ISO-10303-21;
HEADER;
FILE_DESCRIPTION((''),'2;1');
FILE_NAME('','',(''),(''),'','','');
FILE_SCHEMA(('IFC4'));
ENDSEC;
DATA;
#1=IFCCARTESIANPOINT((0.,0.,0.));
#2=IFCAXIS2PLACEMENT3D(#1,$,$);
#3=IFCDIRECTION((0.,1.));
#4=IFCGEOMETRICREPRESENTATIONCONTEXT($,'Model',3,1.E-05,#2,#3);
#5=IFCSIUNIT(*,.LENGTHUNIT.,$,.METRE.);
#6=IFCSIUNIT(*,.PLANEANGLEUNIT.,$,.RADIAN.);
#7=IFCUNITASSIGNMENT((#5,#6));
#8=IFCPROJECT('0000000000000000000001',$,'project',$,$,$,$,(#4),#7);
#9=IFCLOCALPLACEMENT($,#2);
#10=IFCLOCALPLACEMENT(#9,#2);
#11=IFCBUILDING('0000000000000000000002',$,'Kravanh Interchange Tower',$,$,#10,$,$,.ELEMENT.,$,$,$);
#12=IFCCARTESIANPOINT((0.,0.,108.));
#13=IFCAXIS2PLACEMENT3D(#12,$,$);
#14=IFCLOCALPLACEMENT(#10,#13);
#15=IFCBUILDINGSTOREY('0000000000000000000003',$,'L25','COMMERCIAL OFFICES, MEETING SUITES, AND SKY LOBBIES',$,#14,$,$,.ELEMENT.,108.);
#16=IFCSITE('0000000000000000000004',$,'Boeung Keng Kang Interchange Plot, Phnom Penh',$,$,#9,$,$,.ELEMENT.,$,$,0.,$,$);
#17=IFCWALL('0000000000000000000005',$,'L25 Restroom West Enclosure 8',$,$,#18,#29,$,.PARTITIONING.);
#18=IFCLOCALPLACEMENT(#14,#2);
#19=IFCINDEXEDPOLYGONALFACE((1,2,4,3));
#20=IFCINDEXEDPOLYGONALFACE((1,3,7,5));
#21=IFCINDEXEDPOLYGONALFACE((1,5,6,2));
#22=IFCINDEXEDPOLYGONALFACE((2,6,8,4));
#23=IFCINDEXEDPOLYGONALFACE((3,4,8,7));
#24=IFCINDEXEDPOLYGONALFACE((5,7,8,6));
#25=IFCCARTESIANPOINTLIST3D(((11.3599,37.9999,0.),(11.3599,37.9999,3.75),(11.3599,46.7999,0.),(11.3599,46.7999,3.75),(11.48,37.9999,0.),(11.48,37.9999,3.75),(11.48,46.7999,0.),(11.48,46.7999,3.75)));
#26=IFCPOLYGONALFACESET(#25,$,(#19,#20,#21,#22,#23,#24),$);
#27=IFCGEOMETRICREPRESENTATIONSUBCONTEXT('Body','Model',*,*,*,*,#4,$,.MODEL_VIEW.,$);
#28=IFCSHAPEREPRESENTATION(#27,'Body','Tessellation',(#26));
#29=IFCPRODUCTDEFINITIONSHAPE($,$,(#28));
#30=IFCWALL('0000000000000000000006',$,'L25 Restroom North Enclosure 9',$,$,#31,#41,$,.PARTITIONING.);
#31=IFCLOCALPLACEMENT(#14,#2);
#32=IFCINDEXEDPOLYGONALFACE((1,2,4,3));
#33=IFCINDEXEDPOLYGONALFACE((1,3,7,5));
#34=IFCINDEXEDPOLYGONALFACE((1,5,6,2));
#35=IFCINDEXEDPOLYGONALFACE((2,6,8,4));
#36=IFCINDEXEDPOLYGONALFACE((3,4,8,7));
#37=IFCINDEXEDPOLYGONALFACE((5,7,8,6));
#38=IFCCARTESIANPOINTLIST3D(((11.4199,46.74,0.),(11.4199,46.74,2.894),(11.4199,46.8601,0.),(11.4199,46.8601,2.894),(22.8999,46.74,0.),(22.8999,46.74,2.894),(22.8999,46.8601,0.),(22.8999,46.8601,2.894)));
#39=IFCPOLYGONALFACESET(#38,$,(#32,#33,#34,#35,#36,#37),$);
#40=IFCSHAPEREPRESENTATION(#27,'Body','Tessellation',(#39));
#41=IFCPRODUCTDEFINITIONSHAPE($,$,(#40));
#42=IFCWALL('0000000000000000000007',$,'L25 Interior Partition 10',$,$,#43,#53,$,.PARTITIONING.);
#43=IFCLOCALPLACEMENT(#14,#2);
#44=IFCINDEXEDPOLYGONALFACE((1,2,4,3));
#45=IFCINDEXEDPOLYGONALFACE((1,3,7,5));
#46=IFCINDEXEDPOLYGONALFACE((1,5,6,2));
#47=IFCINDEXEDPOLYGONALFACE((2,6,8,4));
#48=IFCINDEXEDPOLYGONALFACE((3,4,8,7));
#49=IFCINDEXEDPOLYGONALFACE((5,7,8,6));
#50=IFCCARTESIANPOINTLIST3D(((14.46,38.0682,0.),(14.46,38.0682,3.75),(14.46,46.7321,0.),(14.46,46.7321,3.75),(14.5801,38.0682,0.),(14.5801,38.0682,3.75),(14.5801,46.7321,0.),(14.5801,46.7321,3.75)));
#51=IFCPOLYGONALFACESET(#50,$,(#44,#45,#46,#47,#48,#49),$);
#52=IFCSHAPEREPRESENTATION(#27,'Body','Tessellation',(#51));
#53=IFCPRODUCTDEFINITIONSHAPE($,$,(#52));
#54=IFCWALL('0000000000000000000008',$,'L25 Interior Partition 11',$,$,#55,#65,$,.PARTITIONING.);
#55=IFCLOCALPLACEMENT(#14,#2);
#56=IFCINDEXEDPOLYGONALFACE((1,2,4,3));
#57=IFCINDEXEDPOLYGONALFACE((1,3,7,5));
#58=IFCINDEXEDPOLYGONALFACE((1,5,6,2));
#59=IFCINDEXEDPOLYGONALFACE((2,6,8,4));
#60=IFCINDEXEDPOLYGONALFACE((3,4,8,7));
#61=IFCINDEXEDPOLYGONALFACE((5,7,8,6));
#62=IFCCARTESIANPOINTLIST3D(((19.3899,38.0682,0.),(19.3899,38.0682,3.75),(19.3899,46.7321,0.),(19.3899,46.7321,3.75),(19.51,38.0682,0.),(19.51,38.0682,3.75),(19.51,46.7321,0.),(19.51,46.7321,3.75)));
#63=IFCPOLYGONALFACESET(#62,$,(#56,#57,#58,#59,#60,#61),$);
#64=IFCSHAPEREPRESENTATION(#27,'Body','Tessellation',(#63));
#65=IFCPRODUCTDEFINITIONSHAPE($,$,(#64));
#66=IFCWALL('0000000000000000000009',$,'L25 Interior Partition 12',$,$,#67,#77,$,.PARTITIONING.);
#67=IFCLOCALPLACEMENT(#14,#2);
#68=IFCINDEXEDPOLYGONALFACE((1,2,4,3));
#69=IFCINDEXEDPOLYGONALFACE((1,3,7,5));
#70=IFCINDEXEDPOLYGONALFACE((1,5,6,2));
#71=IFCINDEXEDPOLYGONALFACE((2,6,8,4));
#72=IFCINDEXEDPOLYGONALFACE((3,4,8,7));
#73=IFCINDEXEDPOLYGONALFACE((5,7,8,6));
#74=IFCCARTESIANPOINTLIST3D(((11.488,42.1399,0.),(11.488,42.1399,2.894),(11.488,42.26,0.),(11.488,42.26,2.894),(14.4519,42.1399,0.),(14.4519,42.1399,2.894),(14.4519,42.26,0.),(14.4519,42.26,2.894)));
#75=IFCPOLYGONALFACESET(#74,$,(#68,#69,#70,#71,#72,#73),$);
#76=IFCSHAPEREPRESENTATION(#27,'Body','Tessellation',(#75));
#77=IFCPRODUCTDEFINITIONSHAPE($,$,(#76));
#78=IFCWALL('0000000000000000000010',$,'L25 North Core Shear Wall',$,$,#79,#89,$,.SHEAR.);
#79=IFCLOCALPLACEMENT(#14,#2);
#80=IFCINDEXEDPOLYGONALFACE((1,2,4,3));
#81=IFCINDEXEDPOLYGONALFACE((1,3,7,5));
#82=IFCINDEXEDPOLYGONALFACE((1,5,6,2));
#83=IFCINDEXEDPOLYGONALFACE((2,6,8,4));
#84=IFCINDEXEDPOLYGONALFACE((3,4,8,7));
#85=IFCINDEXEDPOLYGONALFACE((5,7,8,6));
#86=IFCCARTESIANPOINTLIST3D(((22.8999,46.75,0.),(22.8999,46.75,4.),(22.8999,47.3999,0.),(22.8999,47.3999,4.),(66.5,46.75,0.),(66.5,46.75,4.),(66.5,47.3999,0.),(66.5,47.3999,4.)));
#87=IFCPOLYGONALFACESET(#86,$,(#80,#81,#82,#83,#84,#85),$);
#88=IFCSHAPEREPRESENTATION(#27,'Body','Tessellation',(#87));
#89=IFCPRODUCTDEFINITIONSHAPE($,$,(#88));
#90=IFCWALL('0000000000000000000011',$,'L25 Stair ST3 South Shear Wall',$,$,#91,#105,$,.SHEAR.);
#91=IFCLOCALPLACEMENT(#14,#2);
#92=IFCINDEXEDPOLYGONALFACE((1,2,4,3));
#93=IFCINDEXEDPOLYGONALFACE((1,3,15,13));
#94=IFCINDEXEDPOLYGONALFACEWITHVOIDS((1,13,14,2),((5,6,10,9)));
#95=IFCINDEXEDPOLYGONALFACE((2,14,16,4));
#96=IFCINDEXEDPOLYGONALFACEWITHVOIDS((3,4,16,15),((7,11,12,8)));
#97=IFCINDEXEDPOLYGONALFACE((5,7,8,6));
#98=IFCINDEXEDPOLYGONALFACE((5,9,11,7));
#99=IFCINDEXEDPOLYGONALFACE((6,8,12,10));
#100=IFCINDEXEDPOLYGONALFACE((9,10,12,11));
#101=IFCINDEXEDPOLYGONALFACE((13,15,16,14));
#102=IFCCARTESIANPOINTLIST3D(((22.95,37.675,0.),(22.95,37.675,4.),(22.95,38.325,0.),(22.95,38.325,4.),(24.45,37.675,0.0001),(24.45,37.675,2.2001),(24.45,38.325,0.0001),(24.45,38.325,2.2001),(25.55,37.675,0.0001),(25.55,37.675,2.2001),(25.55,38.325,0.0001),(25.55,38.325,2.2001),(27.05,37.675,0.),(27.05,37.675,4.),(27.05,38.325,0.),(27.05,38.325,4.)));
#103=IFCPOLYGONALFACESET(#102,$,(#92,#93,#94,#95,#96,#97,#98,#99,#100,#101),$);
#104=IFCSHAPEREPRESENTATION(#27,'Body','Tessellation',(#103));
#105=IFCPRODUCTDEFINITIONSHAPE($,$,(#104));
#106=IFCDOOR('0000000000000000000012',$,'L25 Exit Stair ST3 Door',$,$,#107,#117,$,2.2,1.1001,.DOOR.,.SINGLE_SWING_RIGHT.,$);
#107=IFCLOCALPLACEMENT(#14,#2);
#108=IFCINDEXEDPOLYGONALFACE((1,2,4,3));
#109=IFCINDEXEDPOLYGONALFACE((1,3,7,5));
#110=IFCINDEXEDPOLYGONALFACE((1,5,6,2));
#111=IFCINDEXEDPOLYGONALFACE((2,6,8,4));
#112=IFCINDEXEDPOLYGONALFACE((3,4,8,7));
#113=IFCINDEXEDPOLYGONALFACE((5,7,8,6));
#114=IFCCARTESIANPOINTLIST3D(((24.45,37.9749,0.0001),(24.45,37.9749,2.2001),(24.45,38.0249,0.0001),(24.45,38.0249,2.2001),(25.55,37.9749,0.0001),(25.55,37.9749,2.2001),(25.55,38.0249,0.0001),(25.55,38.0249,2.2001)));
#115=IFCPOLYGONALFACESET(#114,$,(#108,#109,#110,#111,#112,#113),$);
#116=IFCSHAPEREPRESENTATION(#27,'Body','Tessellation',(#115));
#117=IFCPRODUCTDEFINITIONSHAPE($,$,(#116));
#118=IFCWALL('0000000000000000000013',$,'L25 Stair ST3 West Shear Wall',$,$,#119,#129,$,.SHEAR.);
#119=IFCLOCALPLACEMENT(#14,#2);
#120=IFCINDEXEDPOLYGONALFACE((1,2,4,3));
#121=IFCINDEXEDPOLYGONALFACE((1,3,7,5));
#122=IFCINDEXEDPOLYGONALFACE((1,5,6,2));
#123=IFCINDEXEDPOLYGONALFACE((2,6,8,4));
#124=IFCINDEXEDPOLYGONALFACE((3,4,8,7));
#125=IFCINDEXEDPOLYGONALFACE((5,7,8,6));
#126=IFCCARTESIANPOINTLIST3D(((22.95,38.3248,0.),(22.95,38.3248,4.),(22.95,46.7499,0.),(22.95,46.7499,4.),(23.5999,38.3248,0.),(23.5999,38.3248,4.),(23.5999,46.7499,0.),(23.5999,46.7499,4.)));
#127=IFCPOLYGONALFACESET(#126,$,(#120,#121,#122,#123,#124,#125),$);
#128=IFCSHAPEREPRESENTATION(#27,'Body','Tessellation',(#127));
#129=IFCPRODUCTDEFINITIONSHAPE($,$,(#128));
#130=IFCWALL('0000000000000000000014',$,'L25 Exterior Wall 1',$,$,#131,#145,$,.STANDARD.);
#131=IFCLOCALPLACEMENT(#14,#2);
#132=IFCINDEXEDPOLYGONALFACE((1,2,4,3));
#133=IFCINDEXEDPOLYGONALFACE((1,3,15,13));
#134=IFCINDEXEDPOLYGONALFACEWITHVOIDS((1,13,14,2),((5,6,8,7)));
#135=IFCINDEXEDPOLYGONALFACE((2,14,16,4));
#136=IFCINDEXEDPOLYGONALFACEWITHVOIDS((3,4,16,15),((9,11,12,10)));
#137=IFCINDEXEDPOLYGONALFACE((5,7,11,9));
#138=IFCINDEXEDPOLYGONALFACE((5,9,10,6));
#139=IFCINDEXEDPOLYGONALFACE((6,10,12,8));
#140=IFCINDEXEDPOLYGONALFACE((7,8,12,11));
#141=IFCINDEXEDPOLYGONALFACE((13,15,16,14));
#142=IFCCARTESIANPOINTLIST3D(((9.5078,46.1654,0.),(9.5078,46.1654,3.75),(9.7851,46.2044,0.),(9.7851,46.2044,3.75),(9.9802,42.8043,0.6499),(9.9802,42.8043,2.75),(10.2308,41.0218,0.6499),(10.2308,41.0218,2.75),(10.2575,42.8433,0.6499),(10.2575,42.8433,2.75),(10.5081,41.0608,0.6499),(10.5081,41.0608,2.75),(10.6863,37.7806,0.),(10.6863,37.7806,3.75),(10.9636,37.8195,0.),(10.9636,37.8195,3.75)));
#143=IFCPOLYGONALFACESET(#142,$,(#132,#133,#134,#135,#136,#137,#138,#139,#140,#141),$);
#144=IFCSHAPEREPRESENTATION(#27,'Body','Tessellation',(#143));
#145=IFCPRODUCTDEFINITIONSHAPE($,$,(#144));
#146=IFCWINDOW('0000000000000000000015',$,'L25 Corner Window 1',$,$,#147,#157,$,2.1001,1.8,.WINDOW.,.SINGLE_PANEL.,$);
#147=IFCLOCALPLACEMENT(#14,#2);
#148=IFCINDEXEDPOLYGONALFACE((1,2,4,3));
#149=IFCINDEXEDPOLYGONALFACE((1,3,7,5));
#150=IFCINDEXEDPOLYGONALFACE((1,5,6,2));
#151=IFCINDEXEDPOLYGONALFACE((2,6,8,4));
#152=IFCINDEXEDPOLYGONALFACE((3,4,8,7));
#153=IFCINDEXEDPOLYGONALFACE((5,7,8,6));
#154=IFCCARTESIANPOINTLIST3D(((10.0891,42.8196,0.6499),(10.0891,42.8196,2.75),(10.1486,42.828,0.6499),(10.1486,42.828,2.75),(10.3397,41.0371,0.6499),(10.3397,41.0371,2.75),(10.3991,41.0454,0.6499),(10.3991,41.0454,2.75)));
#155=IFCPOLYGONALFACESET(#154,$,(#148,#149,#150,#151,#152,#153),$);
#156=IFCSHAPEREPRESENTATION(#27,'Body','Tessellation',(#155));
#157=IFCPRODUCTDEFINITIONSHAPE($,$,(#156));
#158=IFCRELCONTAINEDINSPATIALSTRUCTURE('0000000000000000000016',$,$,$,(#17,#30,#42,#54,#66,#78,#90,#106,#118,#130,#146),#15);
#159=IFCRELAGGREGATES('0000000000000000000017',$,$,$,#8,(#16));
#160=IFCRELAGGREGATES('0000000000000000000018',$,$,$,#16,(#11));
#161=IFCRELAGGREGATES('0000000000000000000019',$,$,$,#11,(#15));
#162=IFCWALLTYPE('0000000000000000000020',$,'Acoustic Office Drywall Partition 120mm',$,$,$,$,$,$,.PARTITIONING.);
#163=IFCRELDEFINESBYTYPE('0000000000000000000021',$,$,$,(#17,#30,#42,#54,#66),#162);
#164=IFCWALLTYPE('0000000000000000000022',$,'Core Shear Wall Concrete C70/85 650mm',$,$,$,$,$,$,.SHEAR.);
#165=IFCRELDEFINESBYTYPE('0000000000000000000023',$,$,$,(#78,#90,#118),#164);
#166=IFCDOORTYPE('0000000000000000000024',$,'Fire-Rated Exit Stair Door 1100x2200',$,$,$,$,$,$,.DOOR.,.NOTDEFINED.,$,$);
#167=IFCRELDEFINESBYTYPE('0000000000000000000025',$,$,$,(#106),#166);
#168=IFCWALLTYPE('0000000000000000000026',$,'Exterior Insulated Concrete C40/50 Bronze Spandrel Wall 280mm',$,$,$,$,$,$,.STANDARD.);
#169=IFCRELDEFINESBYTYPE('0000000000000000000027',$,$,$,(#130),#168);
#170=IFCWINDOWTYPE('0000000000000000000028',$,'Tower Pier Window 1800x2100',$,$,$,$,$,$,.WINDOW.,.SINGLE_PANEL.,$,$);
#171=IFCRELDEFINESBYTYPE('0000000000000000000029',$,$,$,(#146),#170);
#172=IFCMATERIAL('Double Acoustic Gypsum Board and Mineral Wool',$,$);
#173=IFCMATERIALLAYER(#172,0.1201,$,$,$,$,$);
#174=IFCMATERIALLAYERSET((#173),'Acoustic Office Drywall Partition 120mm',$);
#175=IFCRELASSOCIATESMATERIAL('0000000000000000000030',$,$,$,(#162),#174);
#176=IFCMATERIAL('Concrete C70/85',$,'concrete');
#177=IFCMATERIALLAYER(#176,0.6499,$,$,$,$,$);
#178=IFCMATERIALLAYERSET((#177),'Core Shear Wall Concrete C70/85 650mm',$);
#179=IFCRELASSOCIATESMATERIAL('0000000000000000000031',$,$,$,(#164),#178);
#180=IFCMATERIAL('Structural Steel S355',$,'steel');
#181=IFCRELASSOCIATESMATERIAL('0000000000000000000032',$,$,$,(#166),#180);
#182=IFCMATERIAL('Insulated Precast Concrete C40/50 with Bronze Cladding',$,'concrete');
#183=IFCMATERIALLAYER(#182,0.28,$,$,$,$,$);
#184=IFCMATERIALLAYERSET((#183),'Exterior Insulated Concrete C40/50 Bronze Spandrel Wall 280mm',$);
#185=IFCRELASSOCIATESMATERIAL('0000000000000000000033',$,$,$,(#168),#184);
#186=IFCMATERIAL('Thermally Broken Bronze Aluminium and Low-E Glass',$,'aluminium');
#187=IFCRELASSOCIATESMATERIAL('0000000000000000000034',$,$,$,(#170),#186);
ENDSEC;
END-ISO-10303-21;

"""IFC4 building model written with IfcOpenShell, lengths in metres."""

from ifc_helpers import new_model, si_unit, direction, frame, frame_2d, origin, place, context, subcontext, project, spatial, rectangle, extrude, material, layer, layer_set, type_object, element, fill, save


model = new_model("IFC4")

# Units and contexts
model_context = context("Model", 3, precision=1e-05, world=origin(), true_north=direction((0.0, 1.0)))
body_context = subcontext(model_context, "Body", "Model", "MODEL_VIEW")
ifc_project = project(units=[si_unit("LENGTHUNIT", "METRE"), si_unit("PLANEANGLEUNIT", "RADIAN")], contexts=[model_context])

# Site, building, storey
site_placement = place(None, origin())
site = spatial("IfcSite", under=ifc_project, at=site_placement, Name="Boeung Keng Kang Interchange Plot, Phnom Penh", CompositionType="ELEMENT", RefElevation=0.0)
building_placement = place(site_placement, origin())
building = spatial("IfcBuilding", under=site, at=building_placement, Name="Kravanh Interchange Tower", CompositionType="ELEMENT")
storey_placement = place(building_placement, frame((0.0, 0.0, 108.0)))
storey = spatial("IfcBuildingStorey", under=building, at=storey_placement, Name="L25", Description="COMMERCIAL OFFICES, MEETING SUITES, AND SKY LOBBIES", CompositionType="ELEMENT", Elevation=108.0)

# Shared definitions
ifc_material_1 = material(Name="Double Acoustic Gypsum Board and Mineral Wool")
ifc_layer_1 = layer(ifc_material_1, 0.1201)
ifc_layer_set_1 = layer_set([ifc_layer_1], Name="Acoustic Office Drywall Partition 120mm")
wall_type_1 = type_object("IfcWallType", Name="Acoustic Office Drywall Partition 120mm", PredefinedType="PARTITIONING", material=ifc_layer_set_1)

# Walls
wall_1_placement = place(storey_placement, frame((11.4199, 38.0, 0.0), z_axis=(0.0, 0.0, 1.0), x_axis=(0.0, 1.0, 0.0)))
element("IfcWall", 1, at=wall_1_placement, inside=storey, type_object=wall_type_1, Name="L25 Restroom West Enclosure 8", PredefinedType="PARTITIONING", context=body_context, shape_type="SweptSolid", body=[
    extrude(rectangle(XDim=8.8, YDim=0.1201, at=frame_2d((4.3999, 0.0))), origin(), (0.0, 0.0, 1.0), 3.75),
])
wall_2_placement = place(storey_placement, frame((11.4199, 46.8, 0.0), z_axis=(0.0, 0.0, 1.0), x_axis=(1.0, 0.0, 0.0)))
element("IfcWall", 2, at=wall_2_placement, inside=storey, type_object=wall_type_1, Name="L25 Restroom North Enclosure 9", PredefinedType="PARTITIONING", context=body_context, shape_type="SweptSolid", body=[
    extrude(rectangle(XDim=11.48, YDim=0.1201, at=frame_2d((5.74, 0.0))), origin(), (0.0, 0.0, 1.0), 2.894),
])
for number, where, z_axis, x_axis, name in (
    (3, (14.52, 38.0681, 0.0), (0.0, 0.0, 1.0), (0.0, 1.0, 0.0), "L25 Interior Partition 10"),
    (4, (19.45, 38.0681, 0.0), (0.0, 0.0, 1.0), (0.0, 1.0, 0.0), "L25 Interior Partition 11"),
):
    element("IfcWall", number, at=place(storey_placement, frame(where, z_axis=z_axis, x_axis=x_axis)), inside=storey, type_object=wall_type_1, Name=name, PredefinedType="PARTITIONING", context=body_context, shape_type="SweptSolid", body=[
        extrude(rectangle(XDim=8.6638, YDim=0.1201, at=frame_2d((4.332, 0.0))), origin(), (0.0, 0.0, 1.0), 3.75),
    ])
wall_3_placement = place(storey_placement, frame((11.488, 42.2, 0.0), z_axis=(0.0, 0.0, 1.0), x_axis=(1.0, 0.0, 0.0)))
element("IfcWall", 5, at=wall_3_placement, inside=storey, type_object=wall_type_1, Name="L25 Interior Partition 12", PredefinedType="PARTITIONING", context=body_context, shape_type="SweptSolid", body=[
    extrude(rectangle(XDim=2.9639, YDim=0.1201, at=frame_2d((1.4819, 0.0))), origin(), (0.0, 0.0, 1.0), 2.894),
])
ifc_material_2 = material(Name="Concrete C70/85", Category="concrete")
ifc_layer_2 = layer(ifc_material_2, 0.6499)
ifc_layer_set_2 = layer_set([ifc_layer_2], Name="Core Shear Wall Concrete C70/85 650mm")
wall_type_2 = type_object("IfcWallType", Name="Core Shear Wall Concrete C70/85 650mm", PredefinedType="SHEAR", material=ifc_layer_set_2)
wall_4_placement = place(storey_placement, frame((22.8999, 47.075, 0.0), z_axis=(0.0, 0.0, 1.0), x_axis=(1.0, 0.0, 0.0)))
element("IfcWall", 6, at=wall_4_placement, inside=storey, type_object=wall_type_2, Name="L25 North Core Shear Wall", PredefinedType="SHEAR", context=body_context, shape_type="SweptSolid", body=[
    extrude(rectangle(XDim=43.6001, YDim=0.6499, at=frame_2d((21.8, 0.0))), origin(), (0.0, 0.0, 1.0), 4.0),
])

# Wall, opening, door
wall_5_placement = place(storey_placement, frame((22.95, 38.0, 0.0), z_axis=(0.0, 0.0, 1.0), x_axis=(1.0, 0.0, 0.0)))
wall_5 = element("IfcWall", 7, at=wall_5_placement, inside=storey, type_object=wall_type_2, Name="L25 Stair ST3 South Shear Wall", PredefinedType="SHEAR", context=body_context, shape_type="SweptSolid", body=[
    extrude(rectangle(XDim=4.1001, YDim=0.6499, at=frame_2d((2.05, 0.0))), origin(), (0.0, 0.0, 1.0), 4.0),
])
opening_1_placement = place(wall_5_placement, frame((1.5, 0.0, 0.0)))
opening_1 = element("IfcOpeningElement", 8, at=opening_1_placement, cuts=wall_5, PredefinedType="OPENING", context=body_context, shape_type="SweptSolid", body=[
    extrude(rectangle(XDim=1.1001, YDim=2.2, at=frame_2d((0.55, 1.1001))), frame((0.0, 0.335, 0.0), z_axis=(0.0, -1.0, 0.0), x_axis=(1.0, 0.0, 0.0)), (0.0, 0.0, 1.0), 0.6699),
])
ifc_material_3 = material(Name="Structural Steel S355", Category="steel")
door_type_1 = type_object("IfcDoorType", Name="Fire-Rated Exit Stair Door 1100x2200", OperationType="NOTDEFINED", PredefinedType="DOOR", material=ifc_material_3)
door_1_placement = place(opening_1_placement, origin())
door_1 = element("IfcDoor", 9, at=door_1_placement, inside=storey, type_object=door_type_1, Name="L25 Exit Stair ST3 Door", OperationType="SINGLE_SWING_RIGHT", OverallHeight=2.2, OverallWidth=1.1001, PredefinedType="DOOR", context=body_context, shape_type="SweptSolid", body=[
    extrude(rectangle(XDim=1.1001, YDim=2.2, at=frame_2d((0.55, 1.1001))), frame((0.0, 0.0249, 0.0), z_axis=(0.0, -1.0, 0.0), x_axis=(1.0, 0.0, 0.0)), (0.0, 0.0, 1.0), 0.05),
])
fill(opening_1, door_1)

# Wall
wall_6_placement = place(storey_placement, frame((23.2749, 38.325, 0.0), z_axis=(0.0, 0.0, 1.0), x_axis=(0.0, 1.0, 0.0)))
element("IfcWall", 10, at=wall_6_placement, inside=storey, type_object=wall_type_2, Name="L25 Stair ST3 West Shear Wall", PredefinedType="SHEAR", context=body_context, shape_type="SweptSolid", body=[
    extrude(rectangle(XDim=8.425, YDim=0.6499, at=frame_2d((4.2124, 0.0))), origin(), (0.0, 0.0, 1.0), 4.0),
])

# Wall, opening, window
ifc_material_4 = material(Name="Insulated Precast Concrete C40/50 with Bronze Cladding", Category="concrete")
ifc_layer_3 = layer(ifc_material_4, 0.28)
ifc_layer_set_3 = layer_set([ifc_layer_3], Name="Exterior Insulated Concrete C40/50 Bronze Spandrel Wall 280mm")
wall_type_3 = type_object("IfcWallType", Name="Exterior Insulated Concrete C40/50 Bronze Spandrel Wall 280mm", PredefinedType="STANDARD", material=ifc_layer_set_3)
wall_7_placement = place(storey_placement, frame((10.825, 37.8, 0.0), z_axis=(0.0, 0.0, 1.0), x_axis=(-0.139181, 0.990267, 0.0)))
wall_7 = element("IfcWall", 11, at=wall_7_placement, inside=storey, type_object=wall_type_3, Name="L25 Exterior Wall 1", PredefinedType="STANDARD", context=body_context, shape_type="SweptSolid", body=[
    extrude(rectangle(XDim=8.4673, YDim=0.28, at=frame_2d((4.2336, 0.0))), origin(), (0.0, 0.0, 1.0), 3.75),
])
opening_2_placement = place(wall_7_placement, frame((3.2732, 0.0, 0.6499)))
opening_2 = element("IfcOpeningElement", 12, at=opening_2_placement, cuts=wall_7, PredefinedType="OPENING", context=body_context, shape_type="SweptSolid", body=[
    extrude(rectangle(XDim=1.8, YDim=2.1001, at=frame_2d((0.8999, 1.05))), frame((0.0, 0.1499, 0.0), z_axis=(0.0, -1.0, 0.0), x_axis=(1.0, 0.0, 0.0)), (0.0, 0.0, 1.0), 0.3),
])
ifc_material_5 = material(Name="Thermally Broken Bronze Aluminium and Low-E Glass", Category="aluminium")
window_type = type_object("IfcWindowType", Name="Tower Pier Window 1800x2100", PartitioningType="SINGLE_PANEL", PredefinedType="WINDOW", material=ifc_material_5)
window_1_placement = place(opening_2_placement, origin())
window_1 = element("IfcWindow", 13, at=window_1_placement, inside=storey, type_object=window_type, Name="L25 Corner Window 1", OverallHeight=2.1001, OverallWidth=1.8, PartitioningType="SINGLE_PANEL", PredefinedType="WINDOW", context=body_context, shape_type="SweptSolid", body=[
    extrude(rectangle(XDim=1.8, YDim=2.1001, at=frame_2d((0.8999, 1.05))), frame((0.0, 0.03, 0.0), z_axis=(0.0, -1.0, 0.0), x_axis=(1.0, 0.0, 0.0)), (0.0, 0.0, 1.0), 0.0601),
])
fill(opening_2, window_1)

save(model, "model.ifc")
